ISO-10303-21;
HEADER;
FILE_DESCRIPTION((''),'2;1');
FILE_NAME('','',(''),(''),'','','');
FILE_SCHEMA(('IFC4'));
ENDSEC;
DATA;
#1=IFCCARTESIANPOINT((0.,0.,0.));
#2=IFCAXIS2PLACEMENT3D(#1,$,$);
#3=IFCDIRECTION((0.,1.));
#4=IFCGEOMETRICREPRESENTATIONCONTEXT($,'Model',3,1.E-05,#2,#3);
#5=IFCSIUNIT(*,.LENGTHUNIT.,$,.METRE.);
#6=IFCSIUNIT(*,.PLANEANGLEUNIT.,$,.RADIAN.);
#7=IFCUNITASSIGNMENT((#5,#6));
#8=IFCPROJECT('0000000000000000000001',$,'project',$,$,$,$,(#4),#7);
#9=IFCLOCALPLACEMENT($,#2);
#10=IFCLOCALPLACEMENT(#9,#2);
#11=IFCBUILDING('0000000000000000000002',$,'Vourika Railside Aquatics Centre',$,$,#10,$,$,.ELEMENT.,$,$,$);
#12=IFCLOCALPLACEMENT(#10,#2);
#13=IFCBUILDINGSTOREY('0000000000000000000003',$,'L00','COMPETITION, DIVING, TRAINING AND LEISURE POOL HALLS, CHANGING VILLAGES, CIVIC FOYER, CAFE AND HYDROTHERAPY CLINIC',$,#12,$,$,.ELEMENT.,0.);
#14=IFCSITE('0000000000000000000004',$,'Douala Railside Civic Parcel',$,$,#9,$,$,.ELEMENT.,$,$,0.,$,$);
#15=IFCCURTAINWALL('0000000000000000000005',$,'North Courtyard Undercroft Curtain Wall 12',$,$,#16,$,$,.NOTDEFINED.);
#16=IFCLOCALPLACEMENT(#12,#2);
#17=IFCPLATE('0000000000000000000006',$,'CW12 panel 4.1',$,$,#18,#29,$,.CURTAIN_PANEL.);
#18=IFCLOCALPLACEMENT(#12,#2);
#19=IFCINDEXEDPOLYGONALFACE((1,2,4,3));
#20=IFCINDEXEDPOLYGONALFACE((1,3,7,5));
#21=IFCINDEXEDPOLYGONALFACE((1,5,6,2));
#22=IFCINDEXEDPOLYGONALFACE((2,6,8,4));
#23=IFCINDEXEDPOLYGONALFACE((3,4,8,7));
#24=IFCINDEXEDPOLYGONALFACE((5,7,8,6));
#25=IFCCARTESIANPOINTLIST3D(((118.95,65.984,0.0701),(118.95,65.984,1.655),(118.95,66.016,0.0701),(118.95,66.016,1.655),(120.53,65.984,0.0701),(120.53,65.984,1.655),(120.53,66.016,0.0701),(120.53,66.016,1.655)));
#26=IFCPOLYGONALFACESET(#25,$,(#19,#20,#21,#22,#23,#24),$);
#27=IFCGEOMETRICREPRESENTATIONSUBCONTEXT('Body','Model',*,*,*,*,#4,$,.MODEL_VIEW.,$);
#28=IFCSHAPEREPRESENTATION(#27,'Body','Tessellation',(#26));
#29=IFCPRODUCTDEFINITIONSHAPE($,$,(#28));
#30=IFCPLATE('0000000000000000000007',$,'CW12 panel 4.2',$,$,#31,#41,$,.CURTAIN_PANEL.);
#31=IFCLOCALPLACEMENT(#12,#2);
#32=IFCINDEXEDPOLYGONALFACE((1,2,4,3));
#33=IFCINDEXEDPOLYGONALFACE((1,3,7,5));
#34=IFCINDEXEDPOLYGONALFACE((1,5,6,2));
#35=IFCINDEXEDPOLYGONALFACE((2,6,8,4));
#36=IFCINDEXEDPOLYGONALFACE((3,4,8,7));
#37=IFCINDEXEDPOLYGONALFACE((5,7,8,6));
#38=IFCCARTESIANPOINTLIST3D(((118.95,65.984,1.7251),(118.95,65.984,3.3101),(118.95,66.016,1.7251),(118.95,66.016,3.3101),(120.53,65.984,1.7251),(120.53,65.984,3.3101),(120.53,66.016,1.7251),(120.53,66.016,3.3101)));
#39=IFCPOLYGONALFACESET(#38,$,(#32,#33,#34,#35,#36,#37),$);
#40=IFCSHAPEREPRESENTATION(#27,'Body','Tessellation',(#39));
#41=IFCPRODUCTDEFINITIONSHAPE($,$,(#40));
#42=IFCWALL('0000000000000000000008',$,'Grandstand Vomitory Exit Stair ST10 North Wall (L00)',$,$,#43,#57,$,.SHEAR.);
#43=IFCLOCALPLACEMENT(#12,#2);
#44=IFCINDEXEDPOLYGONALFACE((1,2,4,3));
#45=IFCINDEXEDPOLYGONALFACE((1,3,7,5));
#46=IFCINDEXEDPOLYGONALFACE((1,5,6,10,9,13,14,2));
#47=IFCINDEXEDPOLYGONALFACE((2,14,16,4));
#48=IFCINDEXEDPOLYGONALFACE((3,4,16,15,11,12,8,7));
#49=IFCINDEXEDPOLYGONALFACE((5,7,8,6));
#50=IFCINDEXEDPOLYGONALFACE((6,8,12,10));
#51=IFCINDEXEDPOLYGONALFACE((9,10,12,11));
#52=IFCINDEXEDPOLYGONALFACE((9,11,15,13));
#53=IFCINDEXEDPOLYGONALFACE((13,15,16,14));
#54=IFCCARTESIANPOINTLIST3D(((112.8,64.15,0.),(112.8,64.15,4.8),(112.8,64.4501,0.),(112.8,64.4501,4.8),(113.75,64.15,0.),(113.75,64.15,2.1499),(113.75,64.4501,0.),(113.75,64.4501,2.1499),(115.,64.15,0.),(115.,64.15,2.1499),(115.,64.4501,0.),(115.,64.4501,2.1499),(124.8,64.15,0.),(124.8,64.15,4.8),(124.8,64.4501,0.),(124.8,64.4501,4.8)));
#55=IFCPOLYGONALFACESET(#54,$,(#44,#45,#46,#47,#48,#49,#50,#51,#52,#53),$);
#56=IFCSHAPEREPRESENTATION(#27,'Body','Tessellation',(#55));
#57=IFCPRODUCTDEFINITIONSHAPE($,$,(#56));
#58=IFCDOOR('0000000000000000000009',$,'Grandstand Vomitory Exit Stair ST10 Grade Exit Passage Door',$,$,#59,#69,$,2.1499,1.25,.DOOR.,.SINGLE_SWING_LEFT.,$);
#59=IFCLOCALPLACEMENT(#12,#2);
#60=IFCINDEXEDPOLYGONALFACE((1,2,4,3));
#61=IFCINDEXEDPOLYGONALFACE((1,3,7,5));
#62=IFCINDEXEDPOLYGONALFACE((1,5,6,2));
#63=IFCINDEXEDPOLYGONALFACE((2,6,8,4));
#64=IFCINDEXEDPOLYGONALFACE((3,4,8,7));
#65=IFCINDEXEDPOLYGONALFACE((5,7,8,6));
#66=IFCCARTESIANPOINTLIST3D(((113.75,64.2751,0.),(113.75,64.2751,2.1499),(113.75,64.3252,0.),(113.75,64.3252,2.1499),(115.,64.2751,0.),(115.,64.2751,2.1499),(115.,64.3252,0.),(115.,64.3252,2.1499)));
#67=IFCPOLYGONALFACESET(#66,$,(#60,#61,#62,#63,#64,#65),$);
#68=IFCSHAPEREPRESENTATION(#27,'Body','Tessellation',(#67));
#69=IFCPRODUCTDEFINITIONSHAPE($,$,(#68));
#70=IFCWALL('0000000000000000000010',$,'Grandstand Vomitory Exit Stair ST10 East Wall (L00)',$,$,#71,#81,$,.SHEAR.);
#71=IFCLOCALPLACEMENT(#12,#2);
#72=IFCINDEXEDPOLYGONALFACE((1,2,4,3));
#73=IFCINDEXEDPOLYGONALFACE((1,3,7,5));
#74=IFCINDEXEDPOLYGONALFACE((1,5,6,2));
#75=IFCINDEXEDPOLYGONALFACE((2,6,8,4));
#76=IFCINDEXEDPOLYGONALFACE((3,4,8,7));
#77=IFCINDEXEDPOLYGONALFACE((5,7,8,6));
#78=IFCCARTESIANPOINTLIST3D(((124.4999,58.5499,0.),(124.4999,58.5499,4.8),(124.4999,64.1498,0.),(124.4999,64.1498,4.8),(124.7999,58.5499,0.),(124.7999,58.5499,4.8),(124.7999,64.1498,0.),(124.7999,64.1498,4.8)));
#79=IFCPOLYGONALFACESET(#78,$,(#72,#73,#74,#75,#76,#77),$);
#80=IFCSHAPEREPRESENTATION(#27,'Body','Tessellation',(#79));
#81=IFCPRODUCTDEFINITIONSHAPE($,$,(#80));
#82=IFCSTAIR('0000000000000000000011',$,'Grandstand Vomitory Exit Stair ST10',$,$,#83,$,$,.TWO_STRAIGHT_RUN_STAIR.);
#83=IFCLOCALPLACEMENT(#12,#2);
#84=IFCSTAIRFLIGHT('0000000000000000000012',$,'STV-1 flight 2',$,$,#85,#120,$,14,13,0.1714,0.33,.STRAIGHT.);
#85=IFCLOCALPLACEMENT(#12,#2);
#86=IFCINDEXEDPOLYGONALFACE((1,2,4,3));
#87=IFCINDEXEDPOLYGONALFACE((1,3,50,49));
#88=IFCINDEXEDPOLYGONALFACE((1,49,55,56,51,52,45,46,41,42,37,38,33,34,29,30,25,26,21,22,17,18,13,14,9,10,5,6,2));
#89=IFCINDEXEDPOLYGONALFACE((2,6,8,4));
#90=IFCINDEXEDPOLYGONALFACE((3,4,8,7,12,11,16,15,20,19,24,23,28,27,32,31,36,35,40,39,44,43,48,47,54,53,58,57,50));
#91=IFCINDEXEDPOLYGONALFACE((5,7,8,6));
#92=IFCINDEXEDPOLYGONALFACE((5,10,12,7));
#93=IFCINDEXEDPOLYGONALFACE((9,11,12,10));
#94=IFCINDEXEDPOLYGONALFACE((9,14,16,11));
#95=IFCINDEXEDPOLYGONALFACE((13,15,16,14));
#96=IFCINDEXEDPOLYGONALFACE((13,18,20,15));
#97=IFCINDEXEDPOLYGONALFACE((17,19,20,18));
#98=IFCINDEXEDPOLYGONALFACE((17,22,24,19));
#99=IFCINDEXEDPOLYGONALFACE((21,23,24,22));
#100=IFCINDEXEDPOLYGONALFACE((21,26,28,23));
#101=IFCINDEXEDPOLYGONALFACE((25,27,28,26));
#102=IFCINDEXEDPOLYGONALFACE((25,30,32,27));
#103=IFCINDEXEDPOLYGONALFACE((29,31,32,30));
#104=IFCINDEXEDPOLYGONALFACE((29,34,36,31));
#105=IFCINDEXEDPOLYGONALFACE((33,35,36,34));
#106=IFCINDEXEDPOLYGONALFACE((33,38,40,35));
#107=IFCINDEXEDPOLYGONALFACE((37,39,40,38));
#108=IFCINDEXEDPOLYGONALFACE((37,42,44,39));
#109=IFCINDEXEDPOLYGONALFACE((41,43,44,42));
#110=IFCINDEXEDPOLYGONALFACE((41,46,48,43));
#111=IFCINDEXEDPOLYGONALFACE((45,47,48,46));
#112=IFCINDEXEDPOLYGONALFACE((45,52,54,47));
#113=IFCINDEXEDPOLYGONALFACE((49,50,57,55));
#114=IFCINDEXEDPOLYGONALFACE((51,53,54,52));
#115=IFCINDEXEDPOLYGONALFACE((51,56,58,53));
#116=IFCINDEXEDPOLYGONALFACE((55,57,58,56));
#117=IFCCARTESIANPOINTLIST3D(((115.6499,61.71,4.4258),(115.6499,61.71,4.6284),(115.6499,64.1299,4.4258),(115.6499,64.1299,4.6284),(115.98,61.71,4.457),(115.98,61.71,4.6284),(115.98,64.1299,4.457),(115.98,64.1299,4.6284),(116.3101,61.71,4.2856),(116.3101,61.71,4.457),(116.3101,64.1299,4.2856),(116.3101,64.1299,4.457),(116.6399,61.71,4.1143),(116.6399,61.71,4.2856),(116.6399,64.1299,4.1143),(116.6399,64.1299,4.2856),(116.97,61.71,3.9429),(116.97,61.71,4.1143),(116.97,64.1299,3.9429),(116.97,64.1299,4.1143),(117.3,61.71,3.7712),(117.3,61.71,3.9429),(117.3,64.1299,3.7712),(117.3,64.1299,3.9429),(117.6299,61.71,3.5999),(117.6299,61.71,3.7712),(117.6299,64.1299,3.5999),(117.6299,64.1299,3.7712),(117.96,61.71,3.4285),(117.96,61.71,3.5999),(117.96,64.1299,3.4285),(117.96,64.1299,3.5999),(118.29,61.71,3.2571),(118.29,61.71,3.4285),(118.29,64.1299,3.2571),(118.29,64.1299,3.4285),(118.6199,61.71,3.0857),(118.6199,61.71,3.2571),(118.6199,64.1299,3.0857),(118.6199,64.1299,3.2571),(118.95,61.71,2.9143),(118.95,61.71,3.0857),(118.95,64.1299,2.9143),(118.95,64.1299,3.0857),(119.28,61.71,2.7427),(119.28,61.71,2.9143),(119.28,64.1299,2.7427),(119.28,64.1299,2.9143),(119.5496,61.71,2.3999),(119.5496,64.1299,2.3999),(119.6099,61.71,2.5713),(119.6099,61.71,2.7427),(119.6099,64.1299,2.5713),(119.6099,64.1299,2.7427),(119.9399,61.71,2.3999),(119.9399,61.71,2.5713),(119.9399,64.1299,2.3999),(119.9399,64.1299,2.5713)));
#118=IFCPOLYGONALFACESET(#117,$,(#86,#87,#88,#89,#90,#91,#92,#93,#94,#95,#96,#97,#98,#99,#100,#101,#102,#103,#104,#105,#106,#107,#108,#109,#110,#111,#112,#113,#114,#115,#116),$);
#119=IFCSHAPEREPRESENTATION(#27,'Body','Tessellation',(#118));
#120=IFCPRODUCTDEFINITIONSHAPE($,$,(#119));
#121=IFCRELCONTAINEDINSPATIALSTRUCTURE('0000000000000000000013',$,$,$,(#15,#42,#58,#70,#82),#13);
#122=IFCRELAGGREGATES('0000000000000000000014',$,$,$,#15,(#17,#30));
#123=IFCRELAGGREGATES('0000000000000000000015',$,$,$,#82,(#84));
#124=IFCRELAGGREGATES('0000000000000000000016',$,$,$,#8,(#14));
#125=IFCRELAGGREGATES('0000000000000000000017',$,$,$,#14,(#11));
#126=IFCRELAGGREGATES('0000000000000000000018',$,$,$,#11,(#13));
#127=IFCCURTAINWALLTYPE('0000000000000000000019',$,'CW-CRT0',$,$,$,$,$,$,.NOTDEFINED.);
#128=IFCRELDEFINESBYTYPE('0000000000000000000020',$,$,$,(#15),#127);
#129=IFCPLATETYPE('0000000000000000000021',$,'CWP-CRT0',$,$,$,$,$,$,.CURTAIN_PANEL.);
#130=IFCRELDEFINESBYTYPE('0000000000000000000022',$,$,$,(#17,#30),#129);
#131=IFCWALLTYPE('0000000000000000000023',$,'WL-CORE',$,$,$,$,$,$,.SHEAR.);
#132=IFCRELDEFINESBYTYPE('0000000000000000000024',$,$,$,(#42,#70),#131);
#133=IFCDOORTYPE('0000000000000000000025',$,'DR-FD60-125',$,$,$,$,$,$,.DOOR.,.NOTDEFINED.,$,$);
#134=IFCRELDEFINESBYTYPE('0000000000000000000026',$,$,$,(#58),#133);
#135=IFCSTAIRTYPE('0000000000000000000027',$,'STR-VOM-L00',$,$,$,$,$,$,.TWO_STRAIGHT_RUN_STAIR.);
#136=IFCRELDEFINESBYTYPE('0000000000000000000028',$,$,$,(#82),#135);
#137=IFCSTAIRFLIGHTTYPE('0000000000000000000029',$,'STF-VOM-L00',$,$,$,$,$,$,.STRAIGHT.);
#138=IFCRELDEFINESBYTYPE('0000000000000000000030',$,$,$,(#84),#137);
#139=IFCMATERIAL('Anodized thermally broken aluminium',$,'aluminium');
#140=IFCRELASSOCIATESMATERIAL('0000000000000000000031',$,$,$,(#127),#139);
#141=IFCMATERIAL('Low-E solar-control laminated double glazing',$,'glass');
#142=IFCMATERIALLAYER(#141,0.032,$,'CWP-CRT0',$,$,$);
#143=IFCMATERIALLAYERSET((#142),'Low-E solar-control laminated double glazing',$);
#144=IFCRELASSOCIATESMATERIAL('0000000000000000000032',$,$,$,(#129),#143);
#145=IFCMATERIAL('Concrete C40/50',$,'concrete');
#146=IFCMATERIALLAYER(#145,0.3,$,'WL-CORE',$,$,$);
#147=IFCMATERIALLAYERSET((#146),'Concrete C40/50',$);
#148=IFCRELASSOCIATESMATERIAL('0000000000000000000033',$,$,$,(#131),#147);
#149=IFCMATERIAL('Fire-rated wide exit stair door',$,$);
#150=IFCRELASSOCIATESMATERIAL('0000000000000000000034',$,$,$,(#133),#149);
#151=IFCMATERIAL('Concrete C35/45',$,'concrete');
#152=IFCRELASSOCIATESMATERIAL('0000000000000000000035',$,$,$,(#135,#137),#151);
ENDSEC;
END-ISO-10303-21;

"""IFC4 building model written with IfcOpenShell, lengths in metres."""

from ifc_helpers import new_model, si_unit, direction, frame, frame_2d, origin, origin_2d, place, context, subcontext, project, spatial, polyline, rectangle, outline, extrude, material, layer, layer_set, type_object, element, fill, aggregate, save


model = new_model("IFC4")

# Units and contexts
model_context = context("Model", 3, precision=1e-05, world=origin(), true_north=direction((0.0, 1.0)))
body_context = subcontext(model_context, "Body", "Model", "MODEL_VIEW")
ifc_project = project(units=[si_unit("LENGTHUNIT", "METRE"), si_unit("PLANEANGLEUNIT", "RADIAN")], contexts=[model_context])

# Site, building, storey
site_placement = place(None, origin())
site = spatial("IfcSite", under=ifc_project, at=site_placement, Name="Douala Railside Civic Parcel", CompositionType="ELEMENT", RefElevation=0.0)
building_placement = place(site_placement, origin())
building = spatial("IfcBuilding", under=site, at=building_placement, Name="Vourika Railside Aquatics Centre", CompositionType="ELEMENT")
storey_placement = place(building_placement, origin())
storey = spatial("IfcBuildingStorey", under=building, at=storey_placement, Name="L00", Description="COMPETITION, DIVING, TRAINING AND LEISURE POOL HALLS, CHANGING VILLAGES, CIVIC FOYER, CAFE AND HYDROTHERAPY CLINIC", CompositionType="ELEMENT", Elevation=0.0)

# Shared definitions
ifc_material_1 = material(Name="Concrete C35/45", Category="concrete")
ifc_material_2 = material(Name="Concrete C40/50", Category="concrete")

# Curtain wall, plates
ifc_material_3 = material(Name="Anodized thermally broken aluminium", Category="aluminium")
curtain_wall_type = type_object("IfcCurtainWallType", Name="CW-CRT0", PredefinedType="NOTDEFINED", material=ifc_material_3)
curtain_wall_placement = place(storey_placement, origin())
curtain_wall = element("IfcCurtainWall", 1, at=curtain_wall_placement, inside=storey, type_object=curtain_wall_type, Name="North Courtyard Undercroft Curtain Wall 12", PredefinedType="NOTDEFINED")
ifc_material_4 = material(Name="Low-E solar-control laminated double glazing", Category="glass")
ifc_layer_1 = layer(ifc_material_4, 0.032, Name="CWP-CRT0")
ifc_layer_set_1 = layer_set([ifc_layer_1], Name="Low-E solar-control laminated double glazing")
plate_type = type_object("IfcPlateType", Name="CWP-CRT0", PredefinedType="CURTAIN_PANEL", material=ifc_layer_set_1)
plate_1_placement = place(storey_placement, frame((119.74, 66.0, 0.0701), z_axis=(0.0, 0.0, 1.0), x_axis=(-1.0, 0.0, 0.0)))
plate_1 = element("IfcPlate", 2, at=plate_1_placement, type_object=plate_type, Name="CW12 panel 4.1", PredefinedType="CURTAIN_PANEL", context=body_context, shape_type="SweptSolid", body=[
    extrude(rectangle(XDim=1.5801, YDim=0.032, at=origin_2d()), origin(), (0.0, 0.0, 1.0), 1.585),
])
plate_2_placement = place(storey_placement, frame((119.74, 66.0, 1.7251), z_axis=(0.0, 0.0, 1.0), x_axis=(-1.0, 0.0, 0.0)))
plate_2 = element("IfcPlate", 3, at=plate_2_placement, type_object=plate_type, Name="CW12 panel 4.2", PredefinedType="CURTAIN_PANEL", context=body_context, shape_type="SweptSolid", body=[
    extrude(rectangle(XDim=1.5801, YDim=0.032, at=origin_2d()), origin(), (0.0, 0.0, 1.0), 1.585),
])
aggregate(curtain_wall, [plate_1, plate_2])

# Wall, opening, door
ifc_layer_2 = layer(ifc_material_2, 0.3, Name="WL-CORE")
ifc_layer_set_2 = layer_set([ifc_layer_2], Name="Concrete C40/50")
wall_type = type_object("IfcWallType", Name="WL-CORE", PredefinedType="SHEAR", material=ifc_layer_set_2)
wall_1_placement = place(storey_placement, frame((124.8, 64.3, 0.0), z_axis=(0.0, 0.0, 1.0), x_axis=(-1.0, 0.0, 0.0)))
wall_1 = element("IfcWall", 4, at=wall_1_placement, inside=storey, type_object=wall_type, Name="Grandstand Vomitory Exit Stair ST10 North Wall (L00)", PredefinedType="SHEAR", context=body_context, shape_type="SweptSolid", body=[
    extrude(rectangle(XDim=12.0, YDim=0.3, at=frame_2d((6.0, 0.0))), origin(), (0.0, 0.0, 1.0), 4.8),
])
opening_placement = place(wall_1_placement, frame((9.8, 0.0, 0.0)))
opening = element("IfcOpeningElement", 5, at=opening_placement, cuts=wall_1, PredefinedType="OPENING", context=body_context, shape_type="SweptSolid", body=[
    extrude(rectangle(XDim=1.25, YDim=2.1499, at=frame_2d((0.625, 1.075))), frame((0.0, 0.1602, 0.0), z_axis=(0.0, -1.0, 0.0), x_axis=(1.0, 0.0, 0.0)), (0.0, 0.0, 1.0), 0.3201),
])
ifc_material_5 = material(Name="Fire-rated wide exit stair door")
door_type = type_object("IfcDoorType", Name="DR-FD60-125", OperationType="NOTDEFINED", PredefinedType="DOOR", material=ifc_material_5)
door_placement = place(opening_placement, origin())
door = element("IfcDoor", 6, at=door_placement, inside=storey, type_object=door_type, Name="Grandstand Vomitory Exit Stair ST10 Grade Exit Passage Door", OperationType="SINGLE_SWING_LEFT", OverallHeight=2.1499, OverallWidth=1.25, PredefinedType="DOOR", context=body_context, shape_type="SweptSolid", body=[
    extrude(rectangle(XDim=1.25, YDim=2.1499, at=frame_2d((0.625, 1.075))), frame((0.0, 0.0249, 0.0), z_axis=(0.0, -1.0, 0.0), x_axis=(1.0, 0.0, 0.0)), (0.0, 0.0, 1.0), 0.05),
])
fill(opening, door)

# Wall
wall_2_placement = place(storey_placement, frame((124.6499, 58.55, 0.0), z_axis=(0.0, 0.0, 1.0), x_axis=(0.0, 1.0, 0.0)))
element("IfcWall", 7, at=wall_2_placement, inside=storey, type_object=wall_type, Name="Grandstand Vomitory Exit Stair ST10 East Wall (L00)", PredefinedType="SHEAR", context=body_context, shape_type="SweptSolid", body=[
    extrude(rectangle(XDim=5.5999, YDim=0.3, at=frame_2d((2.7998, 0.0))), origin(), (0.0, 0.0, 1.0), 4.8),
])

# Stair, stair flight
stair_type = type_object("IfcStairType", Name="STR-VOM-L00", PredefinedType="TWO_STRAIGHT_RUN_STAIR", material=ifc_material_1)
stair_placement = place(storey_placement, origin())
stair = element("IfcStair", 8, at=stair_placement, inside=storey, type_object=stair_type, Name="Grandstand Vomitory Exit Stair ST10", PredefinedType="TWO_STRAIGHT_RUN_STAIR")
stair_flight_type = type_object("IfcStairFlightType", Name="STF-VOM-L00", PredefinedType="STRAIGHT", material=ifc_material_1)
stair_flight_placement = place(storey_placement, frame((119.9399, 62.9199, 2.3999), z_axis=(0.0, 0.0, 1.0), x_axis=(-1.0, 0.0, 0.0)))
stair_flight = element("IfcStairFlight", 9, at=stair_flight_placement, type_object=stair_flight_type, Name="STV-1 flight 2", NumberOfRisers=14, NumberOfTreads=13, PredefinedType="STRAIGHT", RiserHeight=0.1714, TreadLength=0.33, context=body_context, shape_type="SweptSolid", body=[
    extrude(outline(polyline([(0.0, 0.0), (0.0, 0.1714), (0.3301, 0.1714), (0.3301, 0.3428), (0.6599, 0.3428), (0.6599, 0.5144), (0.99, 0.5144), (0.99, 0.6858), (1.3201, 0.6858), (1.3201, 0.8572), (1.6499, 0.8572), (1.6499, 1.0286), (1.98, 1.0286), (1.98, 1.2), (2.3101, 1.2), (2.3101, 1.3713), (2.6399, 1.3713), (2.6399, 1.543), (2.97, 1.543), (2.97, 1.7144), (3.3, 1.7144), (3.3, 1.8857), (3.6299, 1.8857), (3.6299, 2.0571), (3.96, 2.0571), (3.96, 2.2285), (4.29, 2.2285), (4.29, 2.3999), (4.29, 2.0259), (0.3904, 0.0), (0.0, 0.0)])), frame((0.0, 1.21, 0.0), z_axis=(0.0, -1.0, 0.0), x_axis=(1.0, 0.0, 0.0)), (0.0, 0.0, 1.0), 2.4199),
])
aggregate(stair, [stair_flight])

save(model, "model.ifc")
